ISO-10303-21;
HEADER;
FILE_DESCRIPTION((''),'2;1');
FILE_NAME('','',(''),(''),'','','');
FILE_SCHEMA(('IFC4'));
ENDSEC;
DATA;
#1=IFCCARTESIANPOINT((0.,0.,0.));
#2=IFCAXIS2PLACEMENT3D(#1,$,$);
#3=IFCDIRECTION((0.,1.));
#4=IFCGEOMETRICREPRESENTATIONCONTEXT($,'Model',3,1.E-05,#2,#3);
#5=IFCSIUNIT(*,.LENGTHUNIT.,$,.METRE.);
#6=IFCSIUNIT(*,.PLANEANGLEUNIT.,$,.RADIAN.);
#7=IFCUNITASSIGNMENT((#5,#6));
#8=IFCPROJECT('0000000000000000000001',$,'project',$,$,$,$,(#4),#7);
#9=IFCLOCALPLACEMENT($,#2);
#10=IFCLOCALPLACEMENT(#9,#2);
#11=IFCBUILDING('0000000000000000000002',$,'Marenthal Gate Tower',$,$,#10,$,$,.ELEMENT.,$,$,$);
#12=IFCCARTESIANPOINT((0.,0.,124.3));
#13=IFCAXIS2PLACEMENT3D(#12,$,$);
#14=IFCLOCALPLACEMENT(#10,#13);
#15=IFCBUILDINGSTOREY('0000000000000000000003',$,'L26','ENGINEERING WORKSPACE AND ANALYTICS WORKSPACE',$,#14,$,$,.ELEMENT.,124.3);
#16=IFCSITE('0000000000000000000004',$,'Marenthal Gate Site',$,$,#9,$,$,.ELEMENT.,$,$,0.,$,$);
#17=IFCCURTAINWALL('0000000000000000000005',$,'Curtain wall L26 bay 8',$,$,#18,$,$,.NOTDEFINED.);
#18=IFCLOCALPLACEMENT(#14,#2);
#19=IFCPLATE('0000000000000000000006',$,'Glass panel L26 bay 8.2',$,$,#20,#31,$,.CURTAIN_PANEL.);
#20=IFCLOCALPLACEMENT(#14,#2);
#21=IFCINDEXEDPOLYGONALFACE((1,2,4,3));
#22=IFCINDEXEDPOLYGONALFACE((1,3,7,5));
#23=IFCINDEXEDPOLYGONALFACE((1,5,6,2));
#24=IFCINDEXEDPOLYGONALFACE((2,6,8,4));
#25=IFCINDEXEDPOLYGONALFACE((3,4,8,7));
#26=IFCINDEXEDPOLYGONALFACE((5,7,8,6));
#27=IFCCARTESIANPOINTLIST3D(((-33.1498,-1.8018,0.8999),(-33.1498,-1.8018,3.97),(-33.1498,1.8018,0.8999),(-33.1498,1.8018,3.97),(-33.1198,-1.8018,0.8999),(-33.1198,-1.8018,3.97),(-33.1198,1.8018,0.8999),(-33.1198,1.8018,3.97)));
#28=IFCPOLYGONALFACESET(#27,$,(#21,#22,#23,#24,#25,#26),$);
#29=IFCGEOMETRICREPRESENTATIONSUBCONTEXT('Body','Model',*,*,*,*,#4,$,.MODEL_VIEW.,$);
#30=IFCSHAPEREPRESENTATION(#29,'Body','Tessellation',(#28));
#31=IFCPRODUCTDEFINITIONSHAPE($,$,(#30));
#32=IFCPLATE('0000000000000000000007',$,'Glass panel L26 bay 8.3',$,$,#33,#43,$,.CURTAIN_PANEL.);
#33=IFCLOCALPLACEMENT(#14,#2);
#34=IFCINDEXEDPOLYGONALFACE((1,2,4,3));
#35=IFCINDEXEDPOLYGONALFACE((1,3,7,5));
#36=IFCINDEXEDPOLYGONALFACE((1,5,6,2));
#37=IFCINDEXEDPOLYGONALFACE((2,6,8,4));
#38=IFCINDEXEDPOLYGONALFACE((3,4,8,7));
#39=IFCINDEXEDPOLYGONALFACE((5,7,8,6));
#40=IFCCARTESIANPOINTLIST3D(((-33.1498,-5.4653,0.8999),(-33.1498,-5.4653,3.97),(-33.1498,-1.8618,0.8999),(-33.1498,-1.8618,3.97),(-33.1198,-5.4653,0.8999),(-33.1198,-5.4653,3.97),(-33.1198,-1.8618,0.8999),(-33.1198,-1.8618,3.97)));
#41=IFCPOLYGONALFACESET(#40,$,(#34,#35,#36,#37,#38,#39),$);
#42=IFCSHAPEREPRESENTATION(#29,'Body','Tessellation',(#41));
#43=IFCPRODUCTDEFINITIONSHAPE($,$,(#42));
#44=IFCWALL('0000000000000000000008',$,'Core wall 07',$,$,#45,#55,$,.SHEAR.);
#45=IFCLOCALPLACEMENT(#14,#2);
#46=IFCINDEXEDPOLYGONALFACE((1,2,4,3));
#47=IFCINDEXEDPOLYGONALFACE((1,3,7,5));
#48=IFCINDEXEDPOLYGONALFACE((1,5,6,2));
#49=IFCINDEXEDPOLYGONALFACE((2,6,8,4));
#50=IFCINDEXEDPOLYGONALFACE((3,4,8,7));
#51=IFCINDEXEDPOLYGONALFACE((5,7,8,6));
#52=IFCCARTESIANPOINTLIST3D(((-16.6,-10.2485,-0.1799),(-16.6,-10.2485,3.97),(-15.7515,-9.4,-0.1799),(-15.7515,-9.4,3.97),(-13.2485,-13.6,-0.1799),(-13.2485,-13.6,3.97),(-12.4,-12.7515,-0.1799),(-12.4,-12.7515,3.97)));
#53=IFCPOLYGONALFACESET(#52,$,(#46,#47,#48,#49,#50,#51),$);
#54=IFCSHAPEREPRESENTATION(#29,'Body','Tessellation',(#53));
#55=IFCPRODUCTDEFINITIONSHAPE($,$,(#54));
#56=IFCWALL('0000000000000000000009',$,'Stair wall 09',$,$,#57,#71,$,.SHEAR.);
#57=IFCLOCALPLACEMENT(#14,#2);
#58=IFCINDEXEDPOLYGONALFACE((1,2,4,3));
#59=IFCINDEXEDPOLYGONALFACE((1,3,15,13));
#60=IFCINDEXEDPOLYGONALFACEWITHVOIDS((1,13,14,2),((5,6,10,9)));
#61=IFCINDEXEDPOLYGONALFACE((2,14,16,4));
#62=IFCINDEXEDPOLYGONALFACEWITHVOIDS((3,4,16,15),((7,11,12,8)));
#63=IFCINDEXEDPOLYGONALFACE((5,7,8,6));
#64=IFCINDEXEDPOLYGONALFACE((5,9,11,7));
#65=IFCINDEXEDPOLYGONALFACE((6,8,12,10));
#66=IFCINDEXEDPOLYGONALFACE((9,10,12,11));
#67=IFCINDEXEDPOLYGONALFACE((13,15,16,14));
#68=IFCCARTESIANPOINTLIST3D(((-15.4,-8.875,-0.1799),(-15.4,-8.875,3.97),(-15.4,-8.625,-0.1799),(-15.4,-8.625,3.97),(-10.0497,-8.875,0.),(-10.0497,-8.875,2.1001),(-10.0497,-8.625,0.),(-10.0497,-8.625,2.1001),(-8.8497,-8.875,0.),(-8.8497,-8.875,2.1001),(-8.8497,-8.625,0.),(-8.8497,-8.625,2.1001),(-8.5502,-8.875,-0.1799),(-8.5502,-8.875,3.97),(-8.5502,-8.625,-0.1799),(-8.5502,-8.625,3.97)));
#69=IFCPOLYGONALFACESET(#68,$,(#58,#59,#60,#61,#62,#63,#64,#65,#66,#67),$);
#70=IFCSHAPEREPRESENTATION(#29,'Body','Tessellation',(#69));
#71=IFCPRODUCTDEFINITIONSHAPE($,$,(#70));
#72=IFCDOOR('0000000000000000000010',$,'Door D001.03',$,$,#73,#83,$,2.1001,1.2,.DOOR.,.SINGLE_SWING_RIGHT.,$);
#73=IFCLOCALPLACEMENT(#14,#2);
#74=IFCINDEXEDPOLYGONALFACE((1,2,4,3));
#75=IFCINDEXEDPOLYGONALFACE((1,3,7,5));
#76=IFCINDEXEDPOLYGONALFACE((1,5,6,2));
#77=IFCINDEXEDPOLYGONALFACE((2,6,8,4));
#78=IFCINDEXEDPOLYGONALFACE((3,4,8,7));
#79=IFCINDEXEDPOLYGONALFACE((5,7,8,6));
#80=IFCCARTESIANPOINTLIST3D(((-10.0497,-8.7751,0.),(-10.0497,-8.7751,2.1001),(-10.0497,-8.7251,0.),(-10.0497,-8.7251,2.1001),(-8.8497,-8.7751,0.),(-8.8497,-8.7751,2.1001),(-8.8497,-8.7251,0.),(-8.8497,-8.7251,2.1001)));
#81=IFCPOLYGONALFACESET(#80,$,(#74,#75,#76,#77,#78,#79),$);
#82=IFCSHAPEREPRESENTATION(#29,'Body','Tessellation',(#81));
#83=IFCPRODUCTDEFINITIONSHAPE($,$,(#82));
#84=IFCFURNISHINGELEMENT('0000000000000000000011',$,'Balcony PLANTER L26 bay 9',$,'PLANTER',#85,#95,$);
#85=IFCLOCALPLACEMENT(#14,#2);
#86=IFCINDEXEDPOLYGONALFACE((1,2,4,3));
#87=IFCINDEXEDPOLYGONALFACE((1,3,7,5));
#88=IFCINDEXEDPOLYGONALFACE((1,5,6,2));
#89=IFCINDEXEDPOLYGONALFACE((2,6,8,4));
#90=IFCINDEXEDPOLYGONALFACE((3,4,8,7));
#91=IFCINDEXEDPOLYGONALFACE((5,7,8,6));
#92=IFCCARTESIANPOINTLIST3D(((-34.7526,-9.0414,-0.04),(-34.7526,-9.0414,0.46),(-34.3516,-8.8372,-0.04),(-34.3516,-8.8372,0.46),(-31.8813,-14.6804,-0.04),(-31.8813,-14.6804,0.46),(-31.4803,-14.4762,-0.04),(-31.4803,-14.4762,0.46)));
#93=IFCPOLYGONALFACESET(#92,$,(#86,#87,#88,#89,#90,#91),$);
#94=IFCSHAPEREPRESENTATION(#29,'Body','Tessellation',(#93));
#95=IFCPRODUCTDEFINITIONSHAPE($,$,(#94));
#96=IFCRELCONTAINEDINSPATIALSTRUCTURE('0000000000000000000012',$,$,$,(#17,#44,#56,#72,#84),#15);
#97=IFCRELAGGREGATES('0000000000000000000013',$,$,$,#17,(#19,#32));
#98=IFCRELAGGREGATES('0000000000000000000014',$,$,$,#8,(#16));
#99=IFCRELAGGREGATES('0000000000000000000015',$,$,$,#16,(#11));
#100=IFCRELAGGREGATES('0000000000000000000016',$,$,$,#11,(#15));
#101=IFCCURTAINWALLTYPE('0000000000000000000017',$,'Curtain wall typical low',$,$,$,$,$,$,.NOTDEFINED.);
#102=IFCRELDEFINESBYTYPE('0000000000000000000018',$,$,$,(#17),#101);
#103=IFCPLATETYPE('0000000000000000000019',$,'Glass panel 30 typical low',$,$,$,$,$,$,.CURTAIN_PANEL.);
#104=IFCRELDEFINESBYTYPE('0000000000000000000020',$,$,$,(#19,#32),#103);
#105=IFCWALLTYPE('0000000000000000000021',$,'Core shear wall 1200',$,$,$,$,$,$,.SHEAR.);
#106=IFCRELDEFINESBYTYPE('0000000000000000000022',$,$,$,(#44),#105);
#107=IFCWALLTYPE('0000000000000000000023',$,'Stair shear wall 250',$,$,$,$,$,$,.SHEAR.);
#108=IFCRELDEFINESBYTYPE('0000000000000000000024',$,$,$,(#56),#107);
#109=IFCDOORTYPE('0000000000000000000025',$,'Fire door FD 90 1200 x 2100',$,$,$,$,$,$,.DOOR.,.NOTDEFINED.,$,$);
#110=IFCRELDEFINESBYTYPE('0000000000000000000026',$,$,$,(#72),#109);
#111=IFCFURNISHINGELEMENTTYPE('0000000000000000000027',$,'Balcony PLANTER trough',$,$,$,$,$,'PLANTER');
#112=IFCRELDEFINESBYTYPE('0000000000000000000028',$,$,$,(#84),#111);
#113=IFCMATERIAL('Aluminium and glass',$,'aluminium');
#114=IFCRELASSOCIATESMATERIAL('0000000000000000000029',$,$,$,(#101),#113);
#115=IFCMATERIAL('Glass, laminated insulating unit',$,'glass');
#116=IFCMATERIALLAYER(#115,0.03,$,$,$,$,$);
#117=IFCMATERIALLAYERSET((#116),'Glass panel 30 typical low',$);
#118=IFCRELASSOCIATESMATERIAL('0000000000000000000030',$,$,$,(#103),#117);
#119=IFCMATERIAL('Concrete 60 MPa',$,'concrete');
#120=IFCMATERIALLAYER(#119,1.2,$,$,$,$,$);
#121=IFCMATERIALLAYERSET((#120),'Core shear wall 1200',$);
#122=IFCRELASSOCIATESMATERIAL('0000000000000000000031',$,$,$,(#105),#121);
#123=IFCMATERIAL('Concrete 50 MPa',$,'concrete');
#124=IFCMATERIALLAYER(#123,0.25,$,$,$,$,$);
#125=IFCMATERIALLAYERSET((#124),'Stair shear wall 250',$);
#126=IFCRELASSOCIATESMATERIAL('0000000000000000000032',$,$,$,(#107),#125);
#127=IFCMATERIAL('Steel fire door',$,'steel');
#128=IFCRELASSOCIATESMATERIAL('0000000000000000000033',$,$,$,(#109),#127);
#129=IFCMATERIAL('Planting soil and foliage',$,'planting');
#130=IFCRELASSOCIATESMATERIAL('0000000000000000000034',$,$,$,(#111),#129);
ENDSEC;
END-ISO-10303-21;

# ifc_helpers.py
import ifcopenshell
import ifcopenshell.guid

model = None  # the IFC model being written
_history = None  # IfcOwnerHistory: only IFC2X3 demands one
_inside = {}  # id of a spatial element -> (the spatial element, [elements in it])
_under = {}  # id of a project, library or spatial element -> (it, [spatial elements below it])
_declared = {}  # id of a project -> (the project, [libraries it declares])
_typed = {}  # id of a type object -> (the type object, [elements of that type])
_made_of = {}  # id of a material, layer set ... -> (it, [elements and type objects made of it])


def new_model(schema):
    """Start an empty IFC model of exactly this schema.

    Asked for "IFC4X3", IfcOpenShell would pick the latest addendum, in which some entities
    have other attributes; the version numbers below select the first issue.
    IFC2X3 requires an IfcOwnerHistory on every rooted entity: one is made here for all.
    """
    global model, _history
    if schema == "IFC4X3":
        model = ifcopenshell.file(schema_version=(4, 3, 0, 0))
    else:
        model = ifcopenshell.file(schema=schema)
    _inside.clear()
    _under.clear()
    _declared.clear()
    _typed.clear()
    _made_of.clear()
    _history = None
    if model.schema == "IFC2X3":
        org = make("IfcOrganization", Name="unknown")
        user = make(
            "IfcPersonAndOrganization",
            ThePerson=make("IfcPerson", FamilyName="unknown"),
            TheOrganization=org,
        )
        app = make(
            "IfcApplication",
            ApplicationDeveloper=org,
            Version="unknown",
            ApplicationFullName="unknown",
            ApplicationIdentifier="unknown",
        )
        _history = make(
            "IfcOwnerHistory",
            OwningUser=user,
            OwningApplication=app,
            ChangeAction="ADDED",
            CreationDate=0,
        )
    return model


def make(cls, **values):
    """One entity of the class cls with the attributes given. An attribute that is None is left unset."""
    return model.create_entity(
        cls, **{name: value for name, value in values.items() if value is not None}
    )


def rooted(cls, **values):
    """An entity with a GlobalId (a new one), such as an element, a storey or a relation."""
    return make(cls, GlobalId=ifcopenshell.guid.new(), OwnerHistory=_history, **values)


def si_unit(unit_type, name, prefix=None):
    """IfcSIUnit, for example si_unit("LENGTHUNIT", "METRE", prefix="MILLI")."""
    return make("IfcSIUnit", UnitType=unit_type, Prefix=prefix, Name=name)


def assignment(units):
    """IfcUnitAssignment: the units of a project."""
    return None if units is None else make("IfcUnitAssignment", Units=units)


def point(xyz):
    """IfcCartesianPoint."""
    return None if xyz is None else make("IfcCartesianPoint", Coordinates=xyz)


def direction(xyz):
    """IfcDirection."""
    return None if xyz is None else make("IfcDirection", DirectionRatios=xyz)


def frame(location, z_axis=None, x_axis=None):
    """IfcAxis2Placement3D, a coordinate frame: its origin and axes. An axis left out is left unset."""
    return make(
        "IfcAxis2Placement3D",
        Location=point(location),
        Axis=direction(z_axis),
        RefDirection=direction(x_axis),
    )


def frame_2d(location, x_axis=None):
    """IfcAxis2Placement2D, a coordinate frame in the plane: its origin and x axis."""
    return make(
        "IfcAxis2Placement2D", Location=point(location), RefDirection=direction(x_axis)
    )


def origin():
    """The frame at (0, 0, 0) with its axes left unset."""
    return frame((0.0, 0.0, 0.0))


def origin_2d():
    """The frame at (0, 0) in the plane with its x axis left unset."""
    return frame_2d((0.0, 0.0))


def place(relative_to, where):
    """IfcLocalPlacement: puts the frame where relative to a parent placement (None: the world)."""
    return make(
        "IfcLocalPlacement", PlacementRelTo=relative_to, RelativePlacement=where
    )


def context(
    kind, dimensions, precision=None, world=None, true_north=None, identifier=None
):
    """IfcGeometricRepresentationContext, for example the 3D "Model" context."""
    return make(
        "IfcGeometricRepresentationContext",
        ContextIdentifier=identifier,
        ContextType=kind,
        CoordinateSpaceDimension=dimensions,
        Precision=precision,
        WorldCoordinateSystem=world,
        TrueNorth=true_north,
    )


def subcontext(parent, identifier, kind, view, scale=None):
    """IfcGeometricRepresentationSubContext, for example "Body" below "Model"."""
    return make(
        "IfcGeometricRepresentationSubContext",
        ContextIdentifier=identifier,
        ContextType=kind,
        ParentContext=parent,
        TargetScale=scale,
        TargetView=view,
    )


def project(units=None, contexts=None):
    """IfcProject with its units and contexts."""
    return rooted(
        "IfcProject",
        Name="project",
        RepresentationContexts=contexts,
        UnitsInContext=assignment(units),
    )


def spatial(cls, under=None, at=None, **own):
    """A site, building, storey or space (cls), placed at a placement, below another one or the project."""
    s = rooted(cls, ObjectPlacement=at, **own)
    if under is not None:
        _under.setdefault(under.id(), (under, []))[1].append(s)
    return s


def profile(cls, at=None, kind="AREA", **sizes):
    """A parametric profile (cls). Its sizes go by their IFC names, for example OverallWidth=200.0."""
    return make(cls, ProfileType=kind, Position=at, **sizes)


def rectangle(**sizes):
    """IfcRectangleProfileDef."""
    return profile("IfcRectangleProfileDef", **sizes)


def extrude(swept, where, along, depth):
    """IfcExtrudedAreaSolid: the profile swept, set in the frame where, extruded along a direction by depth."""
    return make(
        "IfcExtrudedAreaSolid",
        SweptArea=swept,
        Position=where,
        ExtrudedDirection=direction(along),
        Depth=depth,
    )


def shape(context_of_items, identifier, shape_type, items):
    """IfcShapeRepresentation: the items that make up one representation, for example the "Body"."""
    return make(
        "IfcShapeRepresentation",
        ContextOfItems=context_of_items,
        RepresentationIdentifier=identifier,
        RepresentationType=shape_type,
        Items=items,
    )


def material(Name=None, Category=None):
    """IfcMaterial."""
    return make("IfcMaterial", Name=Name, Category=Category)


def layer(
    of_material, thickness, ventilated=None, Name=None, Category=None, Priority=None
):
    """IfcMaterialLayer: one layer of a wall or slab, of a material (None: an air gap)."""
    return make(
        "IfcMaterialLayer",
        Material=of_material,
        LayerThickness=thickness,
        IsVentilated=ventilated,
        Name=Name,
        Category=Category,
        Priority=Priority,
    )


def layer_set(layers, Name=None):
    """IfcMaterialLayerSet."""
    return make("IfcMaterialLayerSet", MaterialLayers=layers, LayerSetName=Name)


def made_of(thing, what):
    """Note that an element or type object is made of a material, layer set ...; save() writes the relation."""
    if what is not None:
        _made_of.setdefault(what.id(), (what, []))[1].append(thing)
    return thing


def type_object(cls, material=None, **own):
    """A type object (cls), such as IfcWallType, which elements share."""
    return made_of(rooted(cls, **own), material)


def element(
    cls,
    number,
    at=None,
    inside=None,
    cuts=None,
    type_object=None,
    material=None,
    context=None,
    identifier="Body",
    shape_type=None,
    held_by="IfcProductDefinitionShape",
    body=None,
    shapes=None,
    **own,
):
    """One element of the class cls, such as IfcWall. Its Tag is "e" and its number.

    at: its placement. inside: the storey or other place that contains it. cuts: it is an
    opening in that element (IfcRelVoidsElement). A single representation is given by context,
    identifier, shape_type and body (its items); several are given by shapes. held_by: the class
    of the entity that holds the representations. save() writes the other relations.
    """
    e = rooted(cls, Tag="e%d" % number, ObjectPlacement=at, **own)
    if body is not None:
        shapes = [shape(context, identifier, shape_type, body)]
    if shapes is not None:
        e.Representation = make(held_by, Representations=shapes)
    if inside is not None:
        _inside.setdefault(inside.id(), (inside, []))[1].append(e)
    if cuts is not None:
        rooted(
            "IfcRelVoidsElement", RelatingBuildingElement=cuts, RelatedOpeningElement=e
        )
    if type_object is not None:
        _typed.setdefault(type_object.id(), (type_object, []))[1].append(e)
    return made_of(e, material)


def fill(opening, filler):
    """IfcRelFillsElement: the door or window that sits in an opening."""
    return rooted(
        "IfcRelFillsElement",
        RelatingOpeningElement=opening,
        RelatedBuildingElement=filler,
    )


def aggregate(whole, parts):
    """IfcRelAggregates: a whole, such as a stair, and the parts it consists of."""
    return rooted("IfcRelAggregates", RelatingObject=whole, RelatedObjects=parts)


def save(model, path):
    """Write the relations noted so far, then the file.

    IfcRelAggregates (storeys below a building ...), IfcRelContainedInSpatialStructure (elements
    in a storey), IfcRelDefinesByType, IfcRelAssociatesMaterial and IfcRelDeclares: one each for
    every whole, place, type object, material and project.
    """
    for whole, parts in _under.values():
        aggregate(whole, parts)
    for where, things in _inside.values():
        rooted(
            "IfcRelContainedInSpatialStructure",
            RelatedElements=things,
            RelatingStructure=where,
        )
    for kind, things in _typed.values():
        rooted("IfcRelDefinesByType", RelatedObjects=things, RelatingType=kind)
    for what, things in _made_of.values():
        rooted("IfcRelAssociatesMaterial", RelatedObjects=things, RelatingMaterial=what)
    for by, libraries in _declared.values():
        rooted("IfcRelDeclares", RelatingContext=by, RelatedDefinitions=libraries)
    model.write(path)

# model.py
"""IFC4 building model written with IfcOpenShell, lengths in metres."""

from ifc_helpers import new_model, si_unit, direction, frame, frame_2d, origin, origin_2d, place, context, subcontext, project, spatial, rectangle, extrude, material, layer, layer_set, type_object, element, fill, aggregate, save


model = new_model("IFC4")

# Units and contexts
model_context = context("Model", 3, precision=1e-05, world=origin(), true_north=direction((0.0, 1.0)))
body_context = subcontext(model_context, "Body", "Model", "MODEL_VIEW")
ifc_project = project(units=[si_unit("LENGTHUNIT", "METRE"), si_unit("PLANEANGLEUNIT", "RADIAN")], contexts=[model_context])

# Site, building, storey
site_placement = place(None, origin())
site = spatial("IfcSite", under=ifc_project, at=site_placement, Name="Marenthal Gate Site", CompositionType="ELEMENT", RefElevation=0.0)
building_placement = place(site_placement, origin())
building = spatial("IfcBuilding", under=site, at=building_placement, Name="Marenthal Gate Tower", CompositionType="ELEMENT")
storey_placement = place(building_placement, frame((0.0, 0.0, 124.3)))
storey = spatial("IfcBuildingStorey", under=building, at=storey_placement, Name="L26", Description="ENGINEERING WORKSPACE AND ANALYTICS WORKSPACE", CompositionType="ELEMENT", Elevation=124.3)

# Curtain wall
ifc_material_1 = material(Name="Aluminium and glass", Category="aluminium")
curtain_wall_type = type_object("IfcCurtainWallType", Name="Curtain wall typical low", PredefinedType="NOTDEFINED", material=ifc_material_1)
curtain_wall_placement = place(storey_placement, origin())
curtain_wall = element("IfcCurtainWall", 1, at=curtain_wall_placement, inside=storey, type_object=curtain_wall_type, Name="Curtain wall L26 bay 8", PredefinedType="NOTDEFINED")

# Plates
ifc_material_2 = material(Name="Glass, laminated insulating unit", Category="glass")
ifc_layer_1 = layer(ifc_material_2, 0.03)
ifc_layer_set_1 = layer_set([ifc_layer_1], Name="Glass panel 30 typical low")
plate_type = type_object("IfcPlateType", Name="Glass panel 30 typical low", PredefinedType="CURTAIN_PANEL", material=ifc_layer_set_1)
plate_1_placement = place(storey_placement, frame((-33.1348, 0.0, 0.8999), z_axis=(0.0, 0.0, 1.0), x_axis=(0.0, -1.0, 0.0)))
plate_1 = element("IfcPlate", 2, at=plate_1_placement, type_object=plate_type, Name="Glass panel L26 bay 8.2", PredefinedType="CURTAIN_PANEL", context=body_context, shape_type="SweptSolid", body=[
    extrude(rectangle(XDim=3.6035, YDim=0.03, at=origin_2d()), origin(), (0.0, 0.0, 1.0), 3.0701),
])
plate_2_placement = place(storey_placement, frame((-33.1348, -3.6636, 0.8999), z_axis=(0.0, 0.0, 1.0), x_axis=(0.0, -1.0, 0.0)))
plate_2 = element("IfcPlate", 3, at=plate_2_placement, type_object=plate_type, Name="Glass panel L26 bay 8.3", PredefinedType="CURTAIN_PANEL", context=body_context, shape_type="SweptSolid", body=[
    extrude(rectangle(XDim=3.6035, YDim=0.03, at=origin_2d()), origin(), (0.0, 0.0, 1.0), 3.0701),
])
aggregate(curtain_wall, [plate_1, plate_2])

# Wall
ifc_material_3 = material(Name="Concrete 60 MPa", Category="concrete")
ifc_layer_2 = layer(ifc_material_3, 1.2)
ifc_layer_set_2 = layer_set([ifc_layer_2], Name="Core shear wall 1200")
wall_type_1 = type_object("IfcWallType", Name="Core shear wall 1200", PredefinedType="SHEAR", material=ifc_layer_set_2)
wall_1_placement = place(storey_placement, frame((-16.1758, -9.8242, -0.1799), z_axis=(0.0, 0.0, 1.0), x_axis=(0.707107, -0.707107, 0.0)))
element("IfcWall", 4, at=wall_1_placement, inside=storey, type_object=wall_type_1, Name="Core wall 07", PredefinedType="SHEAR", context=body_context, shape_type="SweptSolid", body=[
    extrude(rectangle(XDim=4.7397, YDim=1.2, at=frame_2d((2.3699, 0.0))), origin(), (0.0, 0.0, 1.0), 4.1499),
])

# Wall, opening, door
ifc_material_4 = material(Name="Concrete 50 MPa", Category="concrete")
ifc_layer_3 = layer(ifc_material_4, 0.25)
ifc_layer_set_3 = layer_set([ifc_layer_3], Name="Stair shear wall 250")
wall_type_2 = type_object("IfcWallType", Name="Stair shear wall 250", PredefinedType="SHEAR", material=ifc_layer_set_3)
wall_2_placement = place(storey_placement, frame((-15.3999, -8.75, -0.1799), z_axis=(0.0, 0.0, 1.0), x_axis=(1.0, 0.0, 0.0)))
wall_2 = element("IfcWall", 5, at=wall_2_placement, inside=storey, type_object=wall_type_2, Name="Stair wall 09", PredefinedType="SHEAR", context=body_context, shape_type="SweptSolid", body=[
    extrude(rectangle(XDim=6.8499, YDim=0.25, at=frame_2d((3.4248, 0.0))), origin(), (0.0, 0.0, 1.0), 4.1499),
])
opening_1_placement = place(wall_2_placement, frame((5.3501, 0.0, 0.1799)))
opening_1 = element("IfcOpeningElement", 6, at=opening_1_placement, cuts=wall_2, PredefinedType="OPENING", context=body_context, shape_type="SweptSolid", body=[
    extrude(rectangle(XDim=1.2, YDim=2.1001, at=frame_2d((0.6001, 1.05))), frame((0.0, 0.135, 0.0), z_axis=(0.0, -1.0, 0.0), x_axis=(1.0, 0.0, 0.0)), (0.0, 0.0, 1.0), 0.27),
])
ifc_material_5 = material(Name="Steel fire door", Category="steel")
door_type_1 = type_object("IfcDoorType", Name="Fire door FD 90 1200 x 2100", OperationType="NOTDEFINED", PredefinedType="DOOR", material=ifc_material_5)
door_1_placement = place(opening_1_placement, origin())
door_1 = element("IfcDoor", 7, at=door_1_placement, inside=storey, type_object=door_type_1, Name="Door D001.03", OperationType="SINGLE_SWING_RIGHT", OverallHeight=2.1001, OverallWidth=1.2, PredefinedType="DOOR", context=body_context, shape_type="SweptSolid", body=[
    extrude(rectangle(XDim=1.2, YDim=2.1001, at=frame_2d((0.6001, 1.05))), frame((0.0, 0.0249, 0.0), z_axis=(0.0, -1.0, 0.0), x_axis=(1.0, 0.0, 0.0)), (0.0, 0.0, 1.0), 0.05),
])
fill(opening_1, door_1)

# Furnishing element
ifc_material_6 = material(Name="Planting soil and foliage", Category="planting")
furnishing_element_type = type_object("IfcFurnishingElementType", Name="Balcony PLANTER trough", ElementType="PLANTER", material=ifc_material_6)
furnishing_placement = place(storey_placement, frame((-33.1165, -11.7588, -0.04), z_axis=(0.0, 0.0, 1.0), x_axis=(0.453749, -0.89113, 0.0)))
element("IfcFurnishingElement", 8, at=furnishing_placement, inside=storey, type_object=furnishing_element_type, Name="Balcony PLANTER L26 bay 9", ObjectType="PLANTER", context=body_context, shape_type="SweptSolid", body=[
    extrude(rectangle(XDim=6.3279, YDim=0.45, at=origin_2d()), origin(), (0.0, 0.0, 1.0), 0.5),
])

save(model, "model.ifc")
